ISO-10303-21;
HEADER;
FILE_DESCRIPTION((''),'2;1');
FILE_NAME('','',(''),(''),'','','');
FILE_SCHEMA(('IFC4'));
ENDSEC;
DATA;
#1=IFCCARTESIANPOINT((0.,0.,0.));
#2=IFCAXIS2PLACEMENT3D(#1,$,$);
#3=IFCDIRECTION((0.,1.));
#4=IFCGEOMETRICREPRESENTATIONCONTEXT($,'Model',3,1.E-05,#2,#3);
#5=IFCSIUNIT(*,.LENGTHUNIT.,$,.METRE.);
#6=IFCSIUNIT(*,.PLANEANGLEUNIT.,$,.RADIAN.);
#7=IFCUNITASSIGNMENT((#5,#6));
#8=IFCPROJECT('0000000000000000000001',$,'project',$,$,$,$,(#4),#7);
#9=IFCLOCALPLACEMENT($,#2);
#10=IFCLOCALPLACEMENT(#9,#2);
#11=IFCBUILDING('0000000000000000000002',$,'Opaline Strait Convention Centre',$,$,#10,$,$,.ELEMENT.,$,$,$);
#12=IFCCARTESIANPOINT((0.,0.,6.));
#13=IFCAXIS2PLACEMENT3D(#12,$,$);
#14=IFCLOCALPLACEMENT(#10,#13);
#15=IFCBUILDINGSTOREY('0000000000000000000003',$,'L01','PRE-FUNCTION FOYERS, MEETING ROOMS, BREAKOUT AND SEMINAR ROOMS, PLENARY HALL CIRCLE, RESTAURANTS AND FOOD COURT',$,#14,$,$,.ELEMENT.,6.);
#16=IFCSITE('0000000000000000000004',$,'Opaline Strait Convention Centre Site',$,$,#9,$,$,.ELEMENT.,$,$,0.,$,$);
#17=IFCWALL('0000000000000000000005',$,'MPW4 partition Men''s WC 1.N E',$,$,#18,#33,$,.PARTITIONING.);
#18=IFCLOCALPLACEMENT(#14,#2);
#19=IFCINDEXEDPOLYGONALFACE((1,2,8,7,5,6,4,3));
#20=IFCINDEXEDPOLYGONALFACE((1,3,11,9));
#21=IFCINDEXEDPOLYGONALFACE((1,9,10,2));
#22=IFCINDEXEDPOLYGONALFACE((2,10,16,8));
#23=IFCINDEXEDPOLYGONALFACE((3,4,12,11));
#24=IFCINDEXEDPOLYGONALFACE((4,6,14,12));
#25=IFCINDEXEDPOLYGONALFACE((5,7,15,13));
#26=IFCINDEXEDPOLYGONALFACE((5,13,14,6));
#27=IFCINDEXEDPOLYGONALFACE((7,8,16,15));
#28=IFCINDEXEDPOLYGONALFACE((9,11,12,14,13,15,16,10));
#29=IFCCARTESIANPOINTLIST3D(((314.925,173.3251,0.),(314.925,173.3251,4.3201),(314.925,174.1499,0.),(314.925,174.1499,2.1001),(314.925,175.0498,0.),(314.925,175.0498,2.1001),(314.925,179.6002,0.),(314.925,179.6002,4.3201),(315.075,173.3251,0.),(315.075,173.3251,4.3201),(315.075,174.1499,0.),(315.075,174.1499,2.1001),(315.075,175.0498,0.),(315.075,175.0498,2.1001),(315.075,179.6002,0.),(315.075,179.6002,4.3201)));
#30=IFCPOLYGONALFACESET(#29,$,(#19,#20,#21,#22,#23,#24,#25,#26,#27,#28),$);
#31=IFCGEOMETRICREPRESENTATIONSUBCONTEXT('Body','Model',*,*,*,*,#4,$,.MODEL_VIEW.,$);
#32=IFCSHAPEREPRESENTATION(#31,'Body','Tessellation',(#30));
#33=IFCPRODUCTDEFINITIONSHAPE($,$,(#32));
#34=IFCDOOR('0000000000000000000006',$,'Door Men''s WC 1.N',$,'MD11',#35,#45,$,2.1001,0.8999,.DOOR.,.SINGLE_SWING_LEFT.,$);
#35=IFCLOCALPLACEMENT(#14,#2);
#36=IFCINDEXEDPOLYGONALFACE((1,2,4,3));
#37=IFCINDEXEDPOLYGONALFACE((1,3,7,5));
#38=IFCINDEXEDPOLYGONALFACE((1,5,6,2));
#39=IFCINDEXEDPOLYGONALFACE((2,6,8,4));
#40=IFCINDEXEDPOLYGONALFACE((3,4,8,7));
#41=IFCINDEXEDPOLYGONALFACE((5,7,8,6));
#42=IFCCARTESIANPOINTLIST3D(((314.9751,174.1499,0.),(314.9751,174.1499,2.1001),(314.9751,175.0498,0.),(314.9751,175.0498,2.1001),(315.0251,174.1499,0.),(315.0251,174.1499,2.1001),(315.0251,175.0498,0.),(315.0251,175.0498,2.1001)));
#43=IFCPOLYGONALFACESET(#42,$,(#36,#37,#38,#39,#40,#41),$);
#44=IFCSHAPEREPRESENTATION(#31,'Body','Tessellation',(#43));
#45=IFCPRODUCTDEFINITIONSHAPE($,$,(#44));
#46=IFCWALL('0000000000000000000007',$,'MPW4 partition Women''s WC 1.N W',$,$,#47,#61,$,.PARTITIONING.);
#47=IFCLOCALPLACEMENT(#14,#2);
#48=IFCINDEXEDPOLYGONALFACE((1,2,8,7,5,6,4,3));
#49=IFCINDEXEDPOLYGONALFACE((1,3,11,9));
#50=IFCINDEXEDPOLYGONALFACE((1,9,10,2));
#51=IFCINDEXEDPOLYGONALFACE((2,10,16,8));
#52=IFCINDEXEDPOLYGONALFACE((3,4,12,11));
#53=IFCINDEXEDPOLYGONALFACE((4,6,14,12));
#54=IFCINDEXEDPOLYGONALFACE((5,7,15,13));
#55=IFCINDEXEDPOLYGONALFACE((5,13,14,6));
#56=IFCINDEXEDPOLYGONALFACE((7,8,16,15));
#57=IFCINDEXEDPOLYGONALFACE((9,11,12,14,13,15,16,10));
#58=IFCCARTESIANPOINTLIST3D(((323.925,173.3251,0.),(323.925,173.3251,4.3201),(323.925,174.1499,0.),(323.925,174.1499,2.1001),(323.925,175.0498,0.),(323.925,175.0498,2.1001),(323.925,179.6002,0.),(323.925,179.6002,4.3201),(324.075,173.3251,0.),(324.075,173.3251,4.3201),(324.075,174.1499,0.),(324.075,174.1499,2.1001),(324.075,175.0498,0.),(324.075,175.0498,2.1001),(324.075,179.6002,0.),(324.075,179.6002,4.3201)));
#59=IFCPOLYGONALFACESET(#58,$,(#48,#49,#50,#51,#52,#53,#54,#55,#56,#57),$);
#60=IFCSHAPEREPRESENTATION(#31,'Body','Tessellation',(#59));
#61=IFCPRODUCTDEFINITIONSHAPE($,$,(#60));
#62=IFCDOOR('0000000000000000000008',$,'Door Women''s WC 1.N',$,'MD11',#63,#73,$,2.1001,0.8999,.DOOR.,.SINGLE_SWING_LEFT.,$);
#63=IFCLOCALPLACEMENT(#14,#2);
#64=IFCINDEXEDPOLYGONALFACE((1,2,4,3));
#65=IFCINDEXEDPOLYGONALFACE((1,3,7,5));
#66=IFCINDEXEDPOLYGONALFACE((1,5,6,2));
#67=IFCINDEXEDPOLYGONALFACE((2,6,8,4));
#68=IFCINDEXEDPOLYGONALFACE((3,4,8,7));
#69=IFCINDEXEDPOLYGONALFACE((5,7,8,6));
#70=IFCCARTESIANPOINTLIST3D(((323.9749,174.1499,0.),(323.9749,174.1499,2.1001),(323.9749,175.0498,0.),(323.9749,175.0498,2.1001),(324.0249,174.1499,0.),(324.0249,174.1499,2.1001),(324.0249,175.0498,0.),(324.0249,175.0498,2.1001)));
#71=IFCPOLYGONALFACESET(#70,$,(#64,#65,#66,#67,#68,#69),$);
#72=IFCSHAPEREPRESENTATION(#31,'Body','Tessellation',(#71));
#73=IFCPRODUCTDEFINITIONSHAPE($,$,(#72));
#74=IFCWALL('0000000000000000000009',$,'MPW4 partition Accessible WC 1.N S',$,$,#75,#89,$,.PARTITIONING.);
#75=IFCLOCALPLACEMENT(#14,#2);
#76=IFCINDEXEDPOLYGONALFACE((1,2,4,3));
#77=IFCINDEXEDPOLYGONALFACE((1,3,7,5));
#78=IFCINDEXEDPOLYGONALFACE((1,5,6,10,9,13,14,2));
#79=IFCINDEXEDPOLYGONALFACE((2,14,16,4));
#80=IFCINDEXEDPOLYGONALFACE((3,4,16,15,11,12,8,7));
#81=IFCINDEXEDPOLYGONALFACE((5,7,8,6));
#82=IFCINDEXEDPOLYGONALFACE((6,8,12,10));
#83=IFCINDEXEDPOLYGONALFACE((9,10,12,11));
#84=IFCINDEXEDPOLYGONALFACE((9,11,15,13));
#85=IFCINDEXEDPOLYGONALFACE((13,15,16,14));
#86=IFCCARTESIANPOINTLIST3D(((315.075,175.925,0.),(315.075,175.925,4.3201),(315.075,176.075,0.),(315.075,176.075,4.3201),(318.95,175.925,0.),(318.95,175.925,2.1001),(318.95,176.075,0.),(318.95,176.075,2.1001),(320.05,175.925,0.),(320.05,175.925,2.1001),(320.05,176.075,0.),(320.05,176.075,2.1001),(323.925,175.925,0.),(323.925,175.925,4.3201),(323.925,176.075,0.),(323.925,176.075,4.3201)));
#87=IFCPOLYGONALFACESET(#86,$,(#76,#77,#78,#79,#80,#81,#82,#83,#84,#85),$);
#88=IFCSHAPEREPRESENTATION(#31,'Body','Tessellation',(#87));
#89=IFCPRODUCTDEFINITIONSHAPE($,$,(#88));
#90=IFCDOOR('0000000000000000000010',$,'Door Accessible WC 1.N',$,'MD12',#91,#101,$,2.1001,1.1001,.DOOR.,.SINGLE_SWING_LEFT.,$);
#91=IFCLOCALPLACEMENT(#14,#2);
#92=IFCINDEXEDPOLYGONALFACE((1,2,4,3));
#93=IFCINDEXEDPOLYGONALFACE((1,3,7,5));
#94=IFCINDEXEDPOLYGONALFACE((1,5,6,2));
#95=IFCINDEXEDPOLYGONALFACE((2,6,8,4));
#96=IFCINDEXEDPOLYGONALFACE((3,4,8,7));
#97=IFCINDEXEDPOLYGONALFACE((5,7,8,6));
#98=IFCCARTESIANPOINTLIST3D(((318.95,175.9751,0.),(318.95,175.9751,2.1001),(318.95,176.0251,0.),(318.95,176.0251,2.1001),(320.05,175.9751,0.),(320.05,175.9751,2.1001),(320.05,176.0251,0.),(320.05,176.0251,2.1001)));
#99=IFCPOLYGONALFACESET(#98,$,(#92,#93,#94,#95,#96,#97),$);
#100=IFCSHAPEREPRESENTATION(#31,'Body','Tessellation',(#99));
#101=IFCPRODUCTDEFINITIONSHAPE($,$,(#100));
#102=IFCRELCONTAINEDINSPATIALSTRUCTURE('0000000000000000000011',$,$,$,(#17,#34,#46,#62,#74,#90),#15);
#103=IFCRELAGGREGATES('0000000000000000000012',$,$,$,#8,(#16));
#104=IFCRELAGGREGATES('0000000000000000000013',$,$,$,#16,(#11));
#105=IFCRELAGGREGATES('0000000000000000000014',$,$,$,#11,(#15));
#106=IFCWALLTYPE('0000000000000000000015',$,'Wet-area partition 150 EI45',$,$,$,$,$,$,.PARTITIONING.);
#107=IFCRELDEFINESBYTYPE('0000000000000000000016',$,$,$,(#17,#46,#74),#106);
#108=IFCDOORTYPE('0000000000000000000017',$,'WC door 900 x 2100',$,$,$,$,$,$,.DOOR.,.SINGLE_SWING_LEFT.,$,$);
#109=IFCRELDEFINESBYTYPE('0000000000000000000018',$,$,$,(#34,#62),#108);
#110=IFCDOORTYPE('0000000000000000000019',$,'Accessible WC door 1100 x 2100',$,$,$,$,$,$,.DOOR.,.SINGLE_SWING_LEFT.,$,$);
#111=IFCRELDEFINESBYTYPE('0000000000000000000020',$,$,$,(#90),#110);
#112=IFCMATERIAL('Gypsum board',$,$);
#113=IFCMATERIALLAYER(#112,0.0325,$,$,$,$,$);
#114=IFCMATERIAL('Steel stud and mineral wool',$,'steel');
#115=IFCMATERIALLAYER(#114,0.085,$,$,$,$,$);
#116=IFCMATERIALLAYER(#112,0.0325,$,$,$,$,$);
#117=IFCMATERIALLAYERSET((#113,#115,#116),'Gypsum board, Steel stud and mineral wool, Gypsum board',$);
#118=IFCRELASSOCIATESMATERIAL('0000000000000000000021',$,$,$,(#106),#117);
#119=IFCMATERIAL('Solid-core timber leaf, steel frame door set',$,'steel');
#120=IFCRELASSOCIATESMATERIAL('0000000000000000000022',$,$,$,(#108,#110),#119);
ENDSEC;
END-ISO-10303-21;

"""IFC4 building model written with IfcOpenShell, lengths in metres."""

from ifc_helpers import new_model, si_unit, direction, frame, frame_2d, origin, place, context, subcontext, project, spatial, rectangle, extrude, material, layer, layer_set, type_object, element, fill, save


model = new_model("IFC4")

# Units and contexts
model_context = context("Model", 3, precision=1e-05, world=origin(), true_north=direction((0.0, 1.0)))
body_context = subcontext(model_context, "Body", "Model", "MODEL_VIEW")
ifc_project = project(units=[si_unit("LENGTHUNIT", "METRE"), si_unit("PLANEANGLEUNIT", "RADIAN")], contexts=[model_context])

# Site, building, storey
site_placement = place(None, origin())
site = spatial("IfcSite", under=ifc_project, at=site_placement, Name="Opaline Strait Convention Centre Site", CompositionType="ELEMENT", RefElevation=0.0)
building_placement = place(site_placement, origin())
building = spatial("IfcBuilding", under=site, at=building_placement, Name="Opaline Strait Convention Centre", CompositionType="ELEMENT")
storey_placement = place(building_placement, frame((0.0, 0.0, 6.0)))
storey = spatial("IfcBuildingStorey", under=building, at=storey_placement, Name="L01", Description="PRE-FUNCTION FOYERS, MEETING ROOMS, BREAKOUT AND SEMINAR ROOMS, PLENARY HALL CIRCLE, RESTAURANTS AND FOOD COURT", CompositionType="ELEMENT", Elevation=6.0)

# Shared definitions
ifc_material_1 = material(Name="Gypsum board")
ifc_material_2 = material(Name="Steel stud and mineral wool", Category="steel")

# Shared definitions
ifc_material_3 = material(Name="Solid-core timber leaf, steel frame door set", Category="steel")

# Walls, openings, doors
ifc_layer_1 = layer(ifc_material_1, 0.0325)
ifc_layer_2 = layer(ifc_material_2, 0.085)
ifc_layer_3 = layer(ifc_material_1, 0.0325)
ifc_layer_set_1 = layer_set([ifc_layer_1, ifc_layer_2, ifc_layer_3], Name="Gypsum board, Steel stud and mineral wool, Gypsum board")
wall_type_1 = type_object("IfcWallType", Name="Wet-area partition 150 EI45", PredefinedType="PARTITIONING", material=ifc_layer_set_1)
wall_1_placement = place(storey_placement, frame((315.0, 173.325, 0.0), z_axis=(0.0, 0.0, 1.0), x_axis=(0.0, 1.0, 0.0)))
wall_1 = element("IfcWall", 1, at=wall_1_placement, inside=storey, type_object=wall_type_1, Name="MPW4 partition Men's WC 1.N E", PredefinedType="PARTITIONING", context=body_context, shape_type="SweptSolid", body=[
    extrude(rectangle(XDim=6.2751, YDim=0.1499, at=frame_2d((3.1377, 0.0))), origin(), (0.0, 0.0, 1.0), 4.3201),
])
opening_1_placement = place(wall_1_placement, frame((0.825, 0.0, 0.0)))
opening_1 = element("IfcOpeningElement", 2, at=opening_1_placement, cuts=wall_1, PredefinedType="OPENING", context=body_context, shape_type="SweptSolid", body=[
    extrude(rectangle(XDim=0.8999, YDim=2.1001, at=frame_2d((0.45, 1.05))), frame((0.0, 0.085, 0.0), z_axis=(0.0, -1.0, 0.0), x_axis=(1.0, 0.0, 0.0)), (0.0, 0.0, 1.0), 0.1699),
])
door_type_1 = type_object("IfcDoorType", Name="WC door 900 x 2100", OperationType="SINGLE_SWING_LEFT", PredefinedType="DOOR", material=ifc_material_3)
door_1_placement = place(opening_1_placement, origin())
door_1 = element("IfcDoor", 3, at=door_1_placement, inside=storey, type_object=door_type_1, Name="Door Men's WC 1.N", ObjectType="MD11", OperationType="SINGLE_SWING_LEFT", OverallHeight=2.1001, OverallWidth=0.8999, PredefinedType="DOOR", context=body_context, shape_type="SweptSolid", body=[
    extrude(rectangle(XDim=0.8999, YDim=2.1001, at=frame_2d((0.45, 1.05))), frame((0.0, 0.0249, 0.0), z_axis=(0.0, -1.0, 0.0), x_axis=(1.0, 0.0, 0.0)), (0.0, 0.0, 1.0), 0.05),
])
fill(opening_1, door_1)
wall_2_placement = place(storey_placement, frame((324.0, 173.325, 0.0), z_axis=(0.0, 0.0, 1.0), x_axis=(0.0, 1.0, 0.0)))
wall_2 = element("IfcWall", 4, at=wall_2_placement, inside=storey, type_object=wall_type_1, Name="MPW4 partition Women's WC 1.N W", PredefinedType="PARTITIONING", context=body_context, shape_type="SweptSolid", body=[
    extrude(rectangle(XDim=6.2751, YDim=0.1499, at=frame_2d((3.1377, 0.0))), origin(), (0.0, 0.0, 1.0), 4.3201),
])
opening_2_placement = place(wall_2_placement, frame((0.825, 0.0, 0.0)))
opening_2 = element("IfcOpeningElement", 5, at=opening_2_placement, cuts=wall_2, PredefinedType="OPENING", context=body_context, shape_type="SweptSolid", body=[
    extrude(rectangle(XDim=0.8999, YDim=2.1001, at=frame_2d((0.45, 1.05))), frame((0.0, 0.085, 0.0), z_axis=(0.0, -1.0, 0.0), x_axis=(1.0, 0.0, 0.0)), (0.0, 0.0, 1.0), 0.1699),
])
door_2_placement = place(opening_2_placement, frame((0.8999, 0.0, 0.0), z_axis=(0.0, 0.0, 1.0), x_axis=(-1.0, 0.0, 0.0)))
door_2 = element("IfcDoor", 6, at=door_2_placement, inside=storey, type_object=door_type_1, Name="Door Women's WC 1.N", ObjectType="MD11", OperationType="SINGLE_SWING_LEFT", OverallHeight=2.1001, OverallWidth=0.8999, PredefinedType="DOOR", context=body_context, shape_type="SweptSolid", body=[
    extrude(rectangle(XDim=0.8999, YDim=2.1001, at=frame_2d((0.45, 1.05))), frame((0.0, 0.0249, 0.0), z_axis=(0.0, -1.0, 0.0), x_axis=(1.0, 0.0, 0.0)), (0.0, 0.0, 1.0), 0.05),
])
fill(opening_2, door_2)
wall_3_placement = place(storey_placement, frame((315.075, 176.0, 0.0), z_axis=(0.0, 0.0, 1.0), x_axis=(1.0, 0.0, 0.0)))
wall_3 = element("IfcWall", 7, at=wall_3_placement, inside=storey, type_object=wall_type_1, Name="MPW4 partition Accessible WC 1.N S", PredefinedType="PARTITIONING", context=body_context, shape_type="SweptSolid", body=[
    extrude(rectangle(XDim=8.8501, YDim=0.1499, at=frame_2d((4.425, 0.0))), origin(), (0.0, 0.0, 1.0), 4.3201),
])
opening_3_placement = place(wall_3_placement, frame((3.875, 0.0, 0.0)))
opening_3 = element("IfcOpeningElement", 8, at=opening_3_placement, cuts=wall_3, PredefinedType="OPENING", context=body_context, shape_type="SweptSolid", body=[
    extrude(rectangle(XDim=1.1001, YDim=2.1001, at=frame_2d((0.55, 1.05))), frame((0.0, 0.085, 0.0), z_axis=(0.0, -1.0, 0.0), x_axis=(1.0, 0.0, 0.0)), (0.0, 0.0, 1.0), 0.1699),
])
door_type_2 = type_object("IfcDoorType", Name="Accessible WC door 1100 x 2100", OperationType="SINGLE_SWING_LEFT", PredefinedType="DOOR", material=ifc_material_3)
door_3_placement = place(opening_3_placement, frame((1.1001, 0.0, 0.0), z_axis=(0.0, 0.0, 1.0), x_axis=(-1.0, 0.0, 0.0)))
door_3 = element("IfcDoor", 9, at=door_3_placement, inside=storey, type_object=door_type_2, Name="Door Accessible WC 1.N", ObjectType="MD12", OperationType="SINGLE_SWING_LEFT", OverallHeight=2.1001, OverallWidth=1.1001, PredefinedType="DOOR", context=body_context, shape_type="SweptSolid", body=[
    extrude(rectangle(XDim=1.1001, YDim=2.1001, at=frame_2d((0.55, 1.05))), frame((0.0, 0.0249, 0.0), z_axis=(0.0, -1.0, 0.0), x_axis=(1.0, 0.0, 0.0)), (0.0, 0.0, 1.0), 0.05),
])
fill(opening_3, door_3)

save(model, "model.ifc")
